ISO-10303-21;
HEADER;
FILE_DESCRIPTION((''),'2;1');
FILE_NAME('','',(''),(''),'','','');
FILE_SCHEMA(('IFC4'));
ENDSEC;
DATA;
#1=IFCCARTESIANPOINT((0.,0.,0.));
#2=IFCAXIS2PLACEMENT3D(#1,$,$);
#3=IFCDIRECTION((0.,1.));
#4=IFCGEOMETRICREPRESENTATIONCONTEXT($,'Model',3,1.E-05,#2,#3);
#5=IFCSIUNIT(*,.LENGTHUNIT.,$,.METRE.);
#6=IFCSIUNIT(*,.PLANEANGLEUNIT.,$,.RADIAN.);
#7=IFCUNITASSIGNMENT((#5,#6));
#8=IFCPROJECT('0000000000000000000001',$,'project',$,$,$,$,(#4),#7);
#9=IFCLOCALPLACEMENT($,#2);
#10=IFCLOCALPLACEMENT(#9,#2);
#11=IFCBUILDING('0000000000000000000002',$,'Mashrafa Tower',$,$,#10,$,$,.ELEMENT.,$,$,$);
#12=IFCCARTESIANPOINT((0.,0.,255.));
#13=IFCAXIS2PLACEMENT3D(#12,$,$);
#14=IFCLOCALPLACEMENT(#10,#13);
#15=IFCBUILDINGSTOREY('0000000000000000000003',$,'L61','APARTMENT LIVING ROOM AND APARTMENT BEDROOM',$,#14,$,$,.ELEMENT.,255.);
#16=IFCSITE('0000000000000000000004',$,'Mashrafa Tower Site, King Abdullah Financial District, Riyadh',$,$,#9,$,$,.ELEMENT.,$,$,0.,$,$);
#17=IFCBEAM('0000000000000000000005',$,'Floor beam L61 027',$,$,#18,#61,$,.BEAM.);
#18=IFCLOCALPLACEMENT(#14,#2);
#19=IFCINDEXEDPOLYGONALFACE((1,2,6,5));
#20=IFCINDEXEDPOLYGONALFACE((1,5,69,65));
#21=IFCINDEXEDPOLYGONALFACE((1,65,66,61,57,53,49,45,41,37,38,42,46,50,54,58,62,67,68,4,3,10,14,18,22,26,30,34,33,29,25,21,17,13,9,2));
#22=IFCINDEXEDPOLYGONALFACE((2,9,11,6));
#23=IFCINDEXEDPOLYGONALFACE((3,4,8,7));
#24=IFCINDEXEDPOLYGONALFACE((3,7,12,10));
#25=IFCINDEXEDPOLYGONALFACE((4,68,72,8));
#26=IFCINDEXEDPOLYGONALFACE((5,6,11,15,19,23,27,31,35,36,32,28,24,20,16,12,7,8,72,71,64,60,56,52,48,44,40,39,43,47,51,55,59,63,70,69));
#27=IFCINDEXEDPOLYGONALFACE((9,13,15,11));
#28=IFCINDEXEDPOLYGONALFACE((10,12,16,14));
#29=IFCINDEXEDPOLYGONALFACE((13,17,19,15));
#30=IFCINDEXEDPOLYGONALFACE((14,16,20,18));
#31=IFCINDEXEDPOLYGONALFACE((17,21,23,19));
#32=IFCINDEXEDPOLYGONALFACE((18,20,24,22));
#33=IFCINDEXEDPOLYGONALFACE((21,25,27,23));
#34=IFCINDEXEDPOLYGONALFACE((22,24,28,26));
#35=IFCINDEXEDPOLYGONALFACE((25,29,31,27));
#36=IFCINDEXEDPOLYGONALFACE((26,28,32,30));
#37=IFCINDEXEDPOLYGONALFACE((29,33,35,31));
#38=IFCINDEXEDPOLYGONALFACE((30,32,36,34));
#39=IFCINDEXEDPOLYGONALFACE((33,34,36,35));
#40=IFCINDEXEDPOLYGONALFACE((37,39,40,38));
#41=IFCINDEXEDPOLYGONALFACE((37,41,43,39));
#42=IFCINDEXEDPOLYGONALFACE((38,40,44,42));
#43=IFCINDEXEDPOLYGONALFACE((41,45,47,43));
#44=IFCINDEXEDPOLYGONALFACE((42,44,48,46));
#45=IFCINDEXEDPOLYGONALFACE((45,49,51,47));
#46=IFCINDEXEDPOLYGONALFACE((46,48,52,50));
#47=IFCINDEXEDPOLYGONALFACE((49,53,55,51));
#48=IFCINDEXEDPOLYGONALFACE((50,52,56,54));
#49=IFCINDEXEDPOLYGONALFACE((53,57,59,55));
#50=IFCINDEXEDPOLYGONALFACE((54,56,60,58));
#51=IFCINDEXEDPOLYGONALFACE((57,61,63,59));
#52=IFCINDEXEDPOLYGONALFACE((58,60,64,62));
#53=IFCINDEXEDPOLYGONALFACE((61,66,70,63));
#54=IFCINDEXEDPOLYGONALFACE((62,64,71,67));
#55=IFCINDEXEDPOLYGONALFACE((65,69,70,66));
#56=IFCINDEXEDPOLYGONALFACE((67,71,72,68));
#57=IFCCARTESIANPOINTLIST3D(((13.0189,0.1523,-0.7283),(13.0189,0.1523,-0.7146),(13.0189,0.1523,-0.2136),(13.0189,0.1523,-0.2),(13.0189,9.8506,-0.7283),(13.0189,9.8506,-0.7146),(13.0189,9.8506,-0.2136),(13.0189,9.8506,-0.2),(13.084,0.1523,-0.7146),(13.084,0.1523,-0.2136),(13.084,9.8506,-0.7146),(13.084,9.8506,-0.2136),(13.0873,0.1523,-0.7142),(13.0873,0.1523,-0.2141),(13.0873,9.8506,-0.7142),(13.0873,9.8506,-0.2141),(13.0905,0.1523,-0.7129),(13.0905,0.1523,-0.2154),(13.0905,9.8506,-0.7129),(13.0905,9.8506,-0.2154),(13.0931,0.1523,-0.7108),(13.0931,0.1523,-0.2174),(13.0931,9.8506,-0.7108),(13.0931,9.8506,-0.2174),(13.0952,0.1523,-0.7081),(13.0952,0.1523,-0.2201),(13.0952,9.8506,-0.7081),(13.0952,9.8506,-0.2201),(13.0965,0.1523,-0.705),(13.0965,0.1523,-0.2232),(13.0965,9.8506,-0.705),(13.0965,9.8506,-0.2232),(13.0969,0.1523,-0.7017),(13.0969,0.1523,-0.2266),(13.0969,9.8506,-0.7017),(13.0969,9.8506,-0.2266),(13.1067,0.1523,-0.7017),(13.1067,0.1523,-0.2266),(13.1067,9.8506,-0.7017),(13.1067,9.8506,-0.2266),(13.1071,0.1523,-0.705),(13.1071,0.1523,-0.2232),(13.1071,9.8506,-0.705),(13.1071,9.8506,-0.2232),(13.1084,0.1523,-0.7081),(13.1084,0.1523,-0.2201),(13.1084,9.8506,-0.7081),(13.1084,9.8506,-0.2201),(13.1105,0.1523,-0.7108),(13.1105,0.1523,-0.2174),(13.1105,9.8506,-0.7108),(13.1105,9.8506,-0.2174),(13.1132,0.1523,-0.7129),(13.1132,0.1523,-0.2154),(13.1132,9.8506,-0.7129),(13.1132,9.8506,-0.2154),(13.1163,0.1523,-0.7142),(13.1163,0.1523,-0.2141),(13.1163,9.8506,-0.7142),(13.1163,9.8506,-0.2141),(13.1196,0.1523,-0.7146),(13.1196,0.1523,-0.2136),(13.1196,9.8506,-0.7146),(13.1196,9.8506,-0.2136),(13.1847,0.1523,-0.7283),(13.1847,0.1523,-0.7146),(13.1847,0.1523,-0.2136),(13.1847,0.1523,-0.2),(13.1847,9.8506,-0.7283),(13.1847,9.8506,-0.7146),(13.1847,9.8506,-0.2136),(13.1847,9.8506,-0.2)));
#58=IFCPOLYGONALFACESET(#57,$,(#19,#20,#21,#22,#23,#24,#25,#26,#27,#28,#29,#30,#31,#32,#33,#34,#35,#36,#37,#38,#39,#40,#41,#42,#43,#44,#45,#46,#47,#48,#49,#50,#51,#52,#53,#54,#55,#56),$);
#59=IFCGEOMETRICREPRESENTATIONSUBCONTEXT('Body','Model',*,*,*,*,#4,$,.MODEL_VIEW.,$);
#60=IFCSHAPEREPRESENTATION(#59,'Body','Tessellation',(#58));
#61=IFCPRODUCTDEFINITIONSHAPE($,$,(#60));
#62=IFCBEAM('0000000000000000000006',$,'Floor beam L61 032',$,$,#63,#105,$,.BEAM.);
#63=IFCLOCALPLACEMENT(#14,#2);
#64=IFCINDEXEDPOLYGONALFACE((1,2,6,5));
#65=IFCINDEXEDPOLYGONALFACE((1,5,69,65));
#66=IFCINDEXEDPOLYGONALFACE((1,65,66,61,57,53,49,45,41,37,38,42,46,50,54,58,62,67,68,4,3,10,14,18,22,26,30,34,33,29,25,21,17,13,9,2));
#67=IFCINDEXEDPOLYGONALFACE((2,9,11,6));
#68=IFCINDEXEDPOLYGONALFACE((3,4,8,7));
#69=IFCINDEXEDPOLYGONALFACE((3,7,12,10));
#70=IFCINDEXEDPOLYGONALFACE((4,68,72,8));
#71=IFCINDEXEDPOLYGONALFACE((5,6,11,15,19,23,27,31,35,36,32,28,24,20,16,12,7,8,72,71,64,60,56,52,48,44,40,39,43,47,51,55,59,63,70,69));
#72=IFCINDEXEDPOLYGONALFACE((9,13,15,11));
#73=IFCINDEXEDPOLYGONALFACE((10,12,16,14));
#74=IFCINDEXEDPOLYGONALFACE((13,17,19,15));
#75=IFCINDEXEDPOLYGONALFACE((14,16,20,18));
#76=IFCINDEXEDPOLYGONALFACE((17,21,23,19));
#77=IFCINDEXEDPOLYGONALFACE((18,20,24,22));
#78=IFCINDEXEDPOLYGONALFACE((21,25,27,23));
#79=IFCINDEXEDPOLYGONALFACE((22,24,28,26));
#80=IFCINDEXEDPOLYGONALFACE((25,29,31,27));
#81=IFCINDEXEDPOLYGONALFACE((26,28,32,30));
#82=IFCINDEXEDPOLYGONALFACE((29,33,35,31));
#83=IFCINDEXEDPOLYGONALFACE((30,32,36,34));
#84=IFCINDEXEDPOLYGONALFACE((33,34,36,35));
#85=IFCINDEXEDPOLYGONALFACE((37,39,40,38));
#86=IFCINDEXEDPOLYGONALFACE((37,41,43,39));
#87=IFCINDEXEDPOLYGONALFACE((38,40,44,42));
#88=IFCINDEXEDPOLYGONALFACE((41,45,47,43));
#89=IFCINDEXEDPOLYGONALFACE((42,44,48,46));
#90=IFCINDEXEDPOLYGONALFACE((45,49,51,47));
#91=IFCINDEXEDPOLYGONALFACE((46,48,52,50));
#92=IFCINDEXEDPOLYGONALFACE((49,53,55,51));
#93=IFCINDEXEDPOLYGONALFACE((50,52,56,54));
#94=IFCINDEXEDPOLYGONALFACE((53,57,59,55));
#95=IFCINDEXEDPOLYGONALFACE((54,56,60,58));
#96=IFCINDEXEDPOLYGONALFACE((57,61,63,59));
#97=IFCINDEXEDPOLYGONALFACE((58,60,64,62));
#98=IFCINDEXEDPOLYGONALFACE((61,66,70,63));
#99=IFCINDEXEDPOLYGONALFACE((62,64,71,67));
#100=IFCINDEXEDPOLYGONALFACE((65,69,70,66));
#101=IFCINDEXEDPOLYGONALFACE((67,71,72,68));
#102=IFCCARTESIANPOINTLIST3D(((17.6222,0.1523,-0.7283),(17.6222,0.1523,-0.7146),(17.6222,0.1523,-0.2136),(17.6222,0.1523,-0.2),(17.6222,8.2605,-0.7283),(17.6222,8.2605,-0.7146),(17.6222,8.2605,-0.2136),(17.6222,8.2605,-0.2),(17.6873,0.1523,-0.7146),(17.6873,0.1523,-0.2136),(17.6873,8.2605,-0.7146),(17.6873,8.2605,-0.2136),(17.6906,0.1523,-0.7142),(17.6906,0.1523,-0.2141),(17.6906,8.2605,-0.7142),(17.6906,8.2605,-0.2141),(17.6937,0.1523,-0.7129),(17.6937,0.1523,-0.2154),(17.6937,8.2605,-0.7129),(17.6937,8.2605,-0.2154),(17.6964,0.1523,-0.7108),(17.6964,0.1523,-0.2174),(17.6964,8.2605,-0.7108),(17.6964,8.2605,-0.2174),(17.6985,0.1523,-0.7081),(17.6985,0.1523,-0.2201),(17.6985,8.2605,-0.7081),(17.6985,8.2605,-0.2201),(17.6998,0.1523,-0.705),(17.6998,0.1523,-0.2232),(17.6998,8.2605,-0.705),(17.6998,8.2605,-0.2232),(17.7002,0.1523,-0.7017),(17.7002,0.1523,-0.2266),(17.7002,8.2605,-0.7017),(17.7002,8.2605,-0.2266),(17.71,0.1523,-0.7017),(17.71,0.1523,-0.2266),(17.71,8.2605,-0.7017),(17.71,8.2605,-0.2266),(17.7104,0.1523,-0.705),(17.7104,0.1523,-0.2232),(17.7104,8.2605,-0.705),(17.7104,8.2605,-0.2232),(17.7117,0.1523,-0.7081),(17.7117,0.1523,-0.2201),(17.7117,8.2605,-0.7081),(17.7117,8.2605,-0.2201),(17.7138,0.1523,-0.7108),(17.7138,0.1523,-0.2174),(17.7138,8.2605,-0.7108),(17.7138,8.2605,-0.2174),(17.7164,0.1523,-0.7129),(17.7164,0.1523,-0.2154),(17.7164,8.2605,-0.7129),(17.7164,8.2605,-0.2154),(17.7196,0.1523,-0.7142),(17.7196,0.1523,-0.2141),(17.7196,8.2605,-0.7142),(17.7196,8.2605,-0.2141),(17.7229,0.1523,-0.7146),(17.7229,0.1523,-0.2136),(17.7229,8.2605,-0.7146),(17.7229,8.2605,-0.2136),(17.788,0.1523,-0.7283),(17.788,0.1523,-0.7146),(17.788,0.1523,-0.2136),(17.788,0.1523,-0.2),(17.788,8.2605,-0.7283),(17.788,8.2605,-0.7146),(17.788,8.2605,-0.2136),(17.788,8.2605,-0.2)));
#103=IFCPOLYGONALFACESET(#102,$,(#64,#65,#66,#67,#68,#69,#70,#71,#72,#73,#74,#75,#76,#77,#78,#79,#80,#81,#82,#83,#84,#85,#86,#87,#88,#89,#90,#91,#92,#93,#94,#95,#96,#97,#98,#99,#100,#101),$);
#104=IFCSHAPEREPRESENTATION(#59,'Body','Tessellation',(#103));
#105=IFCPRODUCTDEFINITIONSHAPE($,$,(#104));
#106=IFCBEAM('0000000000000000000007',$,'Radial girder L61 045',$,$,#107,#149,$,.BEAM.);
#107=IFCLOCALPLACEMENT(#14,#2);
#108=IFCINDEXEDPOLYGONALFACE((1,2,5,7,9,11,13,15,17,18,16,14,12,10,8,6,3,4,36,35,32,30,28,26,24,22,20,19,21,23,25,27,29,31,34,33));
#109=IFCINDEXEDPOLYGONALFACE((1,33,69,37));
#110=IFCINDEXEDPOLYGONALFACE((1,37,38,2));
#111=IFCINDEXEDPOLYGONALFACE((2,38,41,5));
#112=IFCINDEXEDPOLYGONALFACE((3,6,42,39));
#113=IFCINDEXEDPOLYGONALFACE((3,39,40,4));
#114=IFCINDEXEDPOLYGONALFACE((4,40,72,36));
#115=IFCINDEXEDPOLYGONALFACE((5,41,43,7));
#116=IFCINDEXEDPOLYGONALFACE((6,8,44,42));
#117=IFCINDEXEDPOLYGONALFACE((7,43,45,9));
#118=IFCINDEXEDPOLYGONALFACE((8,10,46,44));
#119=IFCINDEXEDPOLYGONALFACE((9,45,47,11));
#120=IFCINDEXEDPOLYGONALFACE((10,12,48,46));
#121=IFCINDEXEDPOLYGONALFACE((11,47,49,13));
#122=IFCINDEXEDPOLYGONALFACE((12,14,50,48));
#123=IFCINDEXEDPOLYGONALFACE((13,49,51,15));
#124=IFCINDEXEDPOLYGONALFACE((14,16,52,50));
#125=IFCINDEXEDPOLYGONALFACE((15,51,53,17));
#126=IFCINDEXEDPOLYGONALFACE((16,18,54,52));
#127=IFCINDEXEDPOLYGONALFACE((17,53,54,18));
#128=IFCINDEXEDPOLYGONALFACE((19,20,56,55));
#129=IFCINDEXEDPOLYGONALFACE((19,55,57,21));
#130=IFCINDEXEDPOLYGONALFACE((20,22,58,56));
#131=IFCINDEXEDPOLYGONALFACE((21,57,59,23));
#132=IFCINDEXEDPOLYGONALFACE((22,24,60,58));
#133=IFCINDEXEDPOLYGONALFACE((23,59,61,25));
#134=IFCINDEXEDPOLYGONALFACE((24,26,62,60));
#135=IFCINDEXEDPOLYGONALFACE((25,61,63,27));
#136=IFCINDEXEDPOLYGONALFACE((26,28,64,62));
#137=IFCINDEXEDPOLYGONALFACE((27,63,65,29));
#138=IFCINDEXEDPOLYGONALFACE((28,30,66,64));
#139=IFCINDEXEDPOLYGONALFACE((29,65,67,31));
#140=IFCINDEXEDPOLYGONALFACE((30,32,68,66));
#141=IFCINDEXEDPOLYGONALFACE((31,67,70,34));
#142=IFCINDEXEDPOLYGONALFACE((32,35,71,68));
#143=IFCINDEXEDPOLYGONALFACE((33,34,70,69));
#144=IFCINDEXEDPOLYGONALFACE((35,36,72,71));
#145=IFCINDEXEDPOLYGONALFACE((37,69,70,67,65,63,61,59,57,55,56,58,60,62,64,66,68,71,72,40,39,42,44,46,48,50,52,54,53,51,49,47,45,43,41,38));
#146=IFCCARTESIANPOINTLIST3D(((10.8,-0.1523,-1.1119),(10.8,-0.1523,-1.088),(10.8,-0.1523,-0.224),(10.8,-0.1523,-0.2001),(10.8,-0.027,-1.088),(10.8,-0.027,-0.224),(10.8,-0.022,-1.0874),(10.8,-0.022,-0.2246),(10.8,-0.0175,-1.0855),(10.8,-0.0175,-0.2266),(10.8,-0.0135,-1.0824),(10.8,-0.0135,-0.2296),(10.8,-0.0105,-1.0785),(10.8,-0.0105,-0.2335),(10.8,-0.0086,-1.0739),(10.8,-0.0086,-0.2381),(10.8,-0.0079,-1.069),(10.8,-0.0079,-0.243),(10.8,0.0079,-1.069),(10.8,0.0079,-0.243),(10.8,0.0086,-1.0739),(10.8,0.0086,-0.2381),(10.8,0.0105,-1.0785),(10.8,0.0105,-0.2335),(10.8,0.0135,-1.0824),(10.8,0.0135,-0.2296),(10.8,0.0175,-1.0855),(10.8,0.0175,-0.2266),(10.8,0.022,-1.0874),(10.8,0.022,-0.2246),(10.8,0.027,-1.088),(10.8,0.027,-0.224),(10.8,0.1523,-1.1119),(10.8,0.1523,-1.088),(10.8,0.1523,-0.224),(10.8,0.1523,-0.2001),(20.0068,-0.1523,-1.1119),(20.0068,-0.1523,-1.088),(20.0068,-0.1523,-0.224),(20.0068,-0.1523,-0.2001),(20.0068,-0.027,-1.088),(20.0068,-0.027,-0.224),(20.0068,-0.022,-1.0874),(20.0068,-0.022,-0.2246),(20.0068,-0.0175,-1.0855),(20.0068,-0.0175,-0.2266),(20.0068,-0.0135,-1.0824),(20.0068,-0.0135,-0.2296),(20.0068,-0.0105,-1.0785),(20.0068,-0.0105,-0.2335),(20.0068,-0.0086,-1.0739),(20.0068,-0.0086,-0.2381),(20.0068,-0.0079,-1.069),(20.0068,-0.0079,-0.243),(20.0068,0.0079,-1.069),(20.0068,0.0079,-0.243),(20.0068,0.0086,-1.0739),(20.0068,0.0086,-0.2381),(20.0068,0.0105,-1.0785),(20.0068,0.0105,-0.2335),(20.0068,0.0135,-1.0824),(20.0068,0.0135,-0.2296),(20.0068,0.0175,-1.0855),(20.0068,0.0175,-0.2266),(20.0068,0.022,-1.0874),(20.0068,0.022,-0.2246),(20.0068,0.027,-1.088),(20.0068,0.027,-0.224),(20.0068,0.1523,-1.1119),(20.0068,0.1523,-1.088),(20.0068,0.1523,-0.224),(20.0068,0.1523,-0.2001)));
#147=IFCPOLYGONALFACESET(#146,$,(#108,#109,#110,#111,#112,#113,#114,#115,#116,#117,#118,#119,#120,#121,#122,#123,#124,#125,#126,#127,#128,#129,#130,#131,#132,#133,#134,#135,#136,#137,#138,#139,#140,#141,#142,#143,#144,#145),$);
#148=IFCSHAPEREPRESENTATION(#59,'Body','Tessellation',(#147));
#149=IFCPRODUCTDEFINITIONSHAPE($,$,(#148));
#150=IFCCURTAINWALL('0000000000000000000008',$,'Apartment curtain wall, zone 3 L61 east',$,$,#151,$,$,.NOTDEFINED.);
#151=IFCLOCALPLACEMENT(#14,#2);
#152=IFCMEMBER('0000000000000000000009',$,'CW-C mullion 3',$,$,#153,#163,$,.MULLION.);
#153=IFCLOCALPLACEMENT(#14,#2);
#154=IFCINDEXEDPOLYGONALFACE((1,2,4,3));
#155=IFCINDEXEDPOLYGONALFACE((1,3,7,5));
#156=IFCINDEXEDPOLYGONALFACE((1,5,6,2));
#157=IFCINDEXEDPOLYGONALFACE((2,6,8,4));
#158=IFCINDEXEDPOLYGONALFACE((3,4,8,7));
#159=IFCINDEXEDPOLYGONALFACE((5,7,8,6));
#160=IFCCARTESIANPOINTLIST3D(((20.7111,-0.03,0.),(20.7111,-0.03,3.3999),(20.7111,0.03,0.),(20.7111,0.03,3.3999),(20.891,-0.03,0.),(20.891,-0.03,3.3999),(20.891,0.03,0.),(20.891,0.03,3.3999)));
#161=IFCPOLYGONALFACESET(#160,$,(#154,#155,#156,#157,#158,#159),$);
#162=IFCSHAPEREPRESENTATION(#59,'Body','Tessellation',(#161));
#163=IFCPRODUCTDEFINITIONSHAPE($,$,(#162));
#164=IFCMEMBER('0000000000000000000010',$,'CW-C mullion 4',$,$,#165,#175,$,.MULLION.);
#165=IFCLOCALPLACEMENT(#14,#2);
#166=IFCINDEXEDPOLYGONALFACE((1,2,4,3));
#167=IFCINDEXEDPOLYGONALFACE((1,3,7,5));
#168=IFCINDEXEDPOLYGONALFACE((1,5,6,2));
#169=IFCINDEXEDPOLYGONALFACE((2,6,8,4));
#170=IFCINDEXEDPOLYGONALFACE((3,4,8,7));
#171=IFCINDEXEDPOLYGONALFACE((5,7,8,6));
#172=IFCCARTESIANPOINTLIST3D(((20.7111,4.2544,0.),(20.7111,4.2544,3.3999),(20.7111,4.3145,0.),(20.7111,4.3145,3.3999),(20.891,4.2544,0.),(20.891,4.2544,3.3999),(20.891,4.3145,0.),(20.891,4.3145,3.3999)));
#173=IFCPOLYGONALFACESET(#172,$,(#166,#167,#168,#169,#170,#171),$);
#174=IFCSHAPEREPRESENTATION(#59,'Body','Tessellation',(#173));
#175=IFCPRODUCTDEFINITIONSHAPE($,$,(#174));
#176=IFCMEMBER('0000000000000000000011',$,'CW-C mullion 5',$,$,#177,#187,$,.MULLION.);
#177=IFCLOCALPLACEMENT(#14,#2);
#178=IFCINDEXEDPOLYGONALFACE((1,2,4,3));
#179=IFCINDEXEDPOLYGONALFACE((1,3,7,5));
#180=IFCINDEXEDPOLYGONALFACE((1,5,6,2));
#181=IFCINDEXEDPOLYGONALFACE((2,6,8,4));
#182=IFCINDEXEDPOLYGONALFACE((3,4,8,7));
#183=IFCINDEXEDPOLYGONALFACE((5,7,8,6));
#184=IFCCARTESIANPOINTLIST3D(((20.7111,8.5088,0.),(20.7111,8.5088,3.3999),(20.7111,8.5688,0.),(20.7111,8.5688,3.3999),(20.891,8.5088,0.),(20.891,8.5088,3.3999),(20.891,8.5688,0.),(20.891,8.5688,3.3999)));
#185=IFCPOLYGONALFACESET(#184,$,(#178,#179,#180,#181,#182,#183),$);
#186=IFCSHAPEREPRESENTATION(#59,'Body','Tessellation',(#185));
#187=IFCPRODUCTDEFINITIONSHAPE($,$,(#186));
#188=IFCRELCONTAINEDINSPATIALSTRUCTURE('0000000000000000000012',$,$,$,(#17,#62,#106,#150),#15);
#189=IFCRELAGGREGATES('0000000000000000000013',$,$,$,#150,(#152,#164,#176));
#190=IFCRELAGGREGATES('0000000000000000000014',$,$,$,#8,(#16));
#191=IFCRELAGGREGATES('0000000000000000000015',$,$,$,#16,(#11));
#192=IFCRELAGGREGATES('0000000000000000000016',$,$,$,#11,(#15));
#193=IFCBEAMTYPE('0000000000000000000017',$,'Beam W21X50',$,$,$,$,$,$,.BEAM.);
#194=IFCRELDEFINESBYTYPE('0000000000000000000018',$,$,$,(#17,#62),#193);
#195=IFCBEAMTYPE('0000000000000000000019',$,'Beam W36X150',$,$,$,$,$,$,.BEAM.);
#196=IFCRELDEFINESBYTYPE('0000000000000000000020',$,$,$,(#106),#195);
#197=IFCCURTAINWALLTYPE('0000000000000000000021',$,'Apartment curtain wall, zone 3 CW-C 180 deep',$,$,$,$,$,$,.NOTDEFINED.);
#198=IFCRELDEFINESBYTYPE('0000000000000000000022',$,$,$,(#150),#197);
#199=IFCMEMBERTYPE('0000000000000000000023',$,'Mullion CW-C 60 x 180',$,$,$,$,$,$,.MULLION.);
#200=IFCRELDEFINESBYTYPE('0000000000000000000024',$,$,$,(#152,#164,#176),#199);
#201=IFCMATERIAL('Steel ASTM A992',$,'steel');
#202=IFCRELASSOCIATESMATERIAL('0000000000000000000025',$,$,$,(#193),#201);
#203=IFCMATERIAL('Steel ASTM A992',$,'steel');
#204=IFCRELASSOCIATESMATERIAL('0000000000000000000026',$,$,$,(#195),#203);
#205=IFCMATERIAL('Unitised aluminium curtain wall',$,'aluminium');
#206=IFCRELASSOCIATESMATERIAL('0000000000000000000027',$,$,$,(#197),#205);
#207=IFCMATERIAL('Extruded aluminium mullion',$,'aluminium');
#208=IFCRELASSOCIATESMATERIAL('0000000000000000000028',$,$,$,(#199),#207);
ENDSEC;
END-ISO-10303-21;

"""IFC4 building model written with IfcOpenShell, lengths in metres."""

from ifc_helpers import new_model, si_unit, direction, frame, origin, origin_2d, place, context, subcontext, project, spatial, rectangle, i_section, extrude, source, transform, mapped, material, material_profile, profile_set, type_object, type_shapes, element, aggregate, save


model = new_model("IFC4")

# Units and contexts
model_context = context("Model", 3, precision=1e-05, world=origin(), true_north=direction((0.0, 1.0)))
body_context = subcontext(model_context, "Body", "Model", "MODEL_VIEW")
ifc_project = project(units=[si_unit("LENGTHUNIT", "METRE"), si_unit("PLANEANGLEUNIT", "RADIAN")], contexts=[model_context])

# Site, building, storey
site_placement = place(None, origin())
site = spatial("IfcSite", under=ifc_project, at=site_placement, Name="Mashrafa Tower Site, King Abdullah Financial District, Riyadh", CompositionType="ELEMENT", RefElevation=0.0)
building_placement = place(site_placement, origin())
building = spatial("IfcBuilding", under=site, at=building_placement, Name="Mashrafa Tower", CompositionType="ELEMENT")
storey_placement = place(building_placement, frame((0.0, 0.0, 255.0)))
storey = spatial("IfcBuildingStorey", under=building, at=storey_placement, Name="L61", Description="APARTMENT LIVING ROOM AND APARTMENT BEDROOM", CompositionType="ELEMENT", Elevation=255.0)

# Beams
ifc_material_1 = material(Name="Steel ASTM A992", Category="steel")
ifc_material_profile_1 = material_profile(ifc_material_1, i_section(OverallWidth=0.1658, OverallDepth=0.5283, WebThickness=0.0098, FlangeThickness=0.0137, FilletRadius=0.0129, at=origin_2d()), Name="W21X50")
ifc_profile_set_1 = profile_set([ifc_material_profile_1], Name="Steel ASTM A992")
beam_type_1 = type_object("IfcBeamType", Name="Beam W21X50", PredefinedType="BEAM", material=ifc_profile_set_1)
beam_1_placement = place(storey_placement, frame((13.1018, 9.8506, -0.4641), z_axis=(0.0, -1.0, 0.0), x_axis=(1.0, 0.0, 0.0)))
element("IfcBeam", 1, at=beam_1_placement, inside=storey, type_object=beam_type_1, Name="Floor beam L61 027", PredefinedType="BEAM", context=body_context, shape_type="SweptSolid", body=[
    extrude(i_section(OverallWidth=0.1658, OverallDepth=0.5283, WebThickness=0.0098, FlangeThickness=0.0137, FilletRadius=0.0129, at=origin_2d()), origin(), (0.0, 0.0, 1.0), 9.6982),
])
beam_2_placement = place(storey_placement, frame((17.7051, 8.2605, -0.4641), z_axis=(0.0, -1.0, 0.0), x_axis=(1.0, 0.0, 0.0)))
element("IfcBeam", 2, at=beam_2_placement, inside=storey, type_object=beam_type_1, Name="Floor beam L61 032", PredefinedType="BEAM", context=body_context, shape_type="SweptSolid", body=[
    extrude(i_section(OverallWidth=0.1658, OverallDepth=0.5283, WebThickness=0.0098, FlangeThickness=0.0137, FilletRadius=0.0129, at=origin_2d()), origin(), (0.0, 0.0, 1.0), 8.1082),
])
ifc_material_2 = material(Name="Steel ASTM A992", Category="steel")
ifc_material_profile_2 = material_profile(ifc_material_2, i_section(OverallWidth=0.3047, OverallDepth=0.9119, WebThickness=0.0159, FlangeThickness=0.0239, FilletRadius=0.019, at=origin_2d()), Name="W36X150")
ifc_profile_set_2 = profile_set([ifc_material_profile_2], Name="Steel ASTM A992")
beam_type_2 = type_object("IfcBeamType", Name="Beam W36X150", PredefinedType="BEAM", material=ifc_profile_set_2)
beam_3_placement = place(storey_placement, frame((10.8, 0.0, -0.656), z_axis=(1.0, 0.0, 0.0), x_axis=(0.0, 1.0, 0.0)))
element("IfcBeam", 3, at=beam_3_placement, inside=storey, type_object=beam_type_2, Name="Radial girder L61 045", PredefinedType="BEAM", context=body_context, shape_type="SweptSolid", body=[
    extrude(i_section(OverallWidth=0.3047, OverallDepth=0.9119, WebThickness=0.0159, FlangeThickness=0.0239, FilletRadius=0.019, at=origin_2d()), origin(), (0.0, 0.0, 1.0), 9.2068),
])

# Curtain wall, members
ifc_material_3 = material(Name="Unitised aluminium curtain wall", Category="aluminium")
curtain_wall_type = type_object("IfcCurtainWallType", Name="Apartment curtain wall, zone 3 CW-C 180 deep", PredefinedType="NOTDEFINED", material=ifc_material_3)
curtain_wall_1_placement = place(storey_placement, origin())
curtain_wall_1 = element("IfcCurtainWall", 4, at=curtain_wall_1_placement, inside=storey, type_object=curtain_wall_type, Name="Apartment curtain wall, zone 3 L61 east", PredefinedType="NOTDEFINED")
ifc_material_4 = material(Name="Extruded aluminium mullion", Category="aluminium")
ifc_material_profile_3 = material_profile(ifc_material_4, rectangle(XDim=0.1799, YDim=0.0601, at=origin_2d()), Name="Mullion 60x180")
ifc_profile_set_3 = profile_set([ifc_material_profile_3], Name="Extruded aluminium mullion")
member_type_1 = type_object("IfcMemberType", Name="Mullion CW-C 60 x 180", PredefinedType="MULLION", material=ifc_profile_set_3)
shared_shape_1 = source(origin(), body_context, "Body", "SweptSolid", [
    extrude(rectangle(XDim=0.1799, YDim=0.0601, at=origin_2d()), origin(), (0.0, 0.0, 1.0), 3.3999),
])
type_shapes(member_type_1, [shared_shape_1])
member_1_placement = place(storey_placement, frame((20.801, 0.0, 0.0), z_axis=(0.0, 0.0, 1.0), x_axis=(-1.0, 0.0, 0.0)))
member_1 = element("IfcMember", 5, at=member_1_placement, type_object=member_type_1, Name="CW-C mullion 3", PredefinedType="MULLION", context=body_context, shape_type="MappedRepresentation", body=[
    mapped(shared_shape_1, transform((0.0, 0.0, 0.0))),
])
member_2_placement = place(storey_placement, frame((20.801, 4.2844, 0.0), z_axis=(0.0, 0.0, 1.0), x_axis=(-1.0, 0.0, 0.0)))
member_2 = element("IfcMember", 6, at=member_2_placement, type_object=member_type_1, Name="CW-C mullion 4", PredefinedType="MULLION", context=body_context, shape_type="MappedRepresentation", body=[
    mapped(shared_shape_1, transform((0.0, 0.0, 0.0))),
])
member_3_placement = place(storey_placement, frame((20.801, 8.5388, 0.0), z_axis=(0.0, 0.0, 1.0), x_axis=(-1.0, 0.0, 0.0)))
member_3 = element("IfcMember", 7, at=member_3_placement, type_object=member_type_1, Name="CW-C mullion 5", PredefinedType="MULLION", context=body_context, shape_type="MappedRepresentation", body=[
    mapped(shared_shape_1, transform((0.0, 0.0, 0.0))),
])

aggregate(curtain_wall_1, [member_1, member_2, member_3])

save(model, "model.ifc")
